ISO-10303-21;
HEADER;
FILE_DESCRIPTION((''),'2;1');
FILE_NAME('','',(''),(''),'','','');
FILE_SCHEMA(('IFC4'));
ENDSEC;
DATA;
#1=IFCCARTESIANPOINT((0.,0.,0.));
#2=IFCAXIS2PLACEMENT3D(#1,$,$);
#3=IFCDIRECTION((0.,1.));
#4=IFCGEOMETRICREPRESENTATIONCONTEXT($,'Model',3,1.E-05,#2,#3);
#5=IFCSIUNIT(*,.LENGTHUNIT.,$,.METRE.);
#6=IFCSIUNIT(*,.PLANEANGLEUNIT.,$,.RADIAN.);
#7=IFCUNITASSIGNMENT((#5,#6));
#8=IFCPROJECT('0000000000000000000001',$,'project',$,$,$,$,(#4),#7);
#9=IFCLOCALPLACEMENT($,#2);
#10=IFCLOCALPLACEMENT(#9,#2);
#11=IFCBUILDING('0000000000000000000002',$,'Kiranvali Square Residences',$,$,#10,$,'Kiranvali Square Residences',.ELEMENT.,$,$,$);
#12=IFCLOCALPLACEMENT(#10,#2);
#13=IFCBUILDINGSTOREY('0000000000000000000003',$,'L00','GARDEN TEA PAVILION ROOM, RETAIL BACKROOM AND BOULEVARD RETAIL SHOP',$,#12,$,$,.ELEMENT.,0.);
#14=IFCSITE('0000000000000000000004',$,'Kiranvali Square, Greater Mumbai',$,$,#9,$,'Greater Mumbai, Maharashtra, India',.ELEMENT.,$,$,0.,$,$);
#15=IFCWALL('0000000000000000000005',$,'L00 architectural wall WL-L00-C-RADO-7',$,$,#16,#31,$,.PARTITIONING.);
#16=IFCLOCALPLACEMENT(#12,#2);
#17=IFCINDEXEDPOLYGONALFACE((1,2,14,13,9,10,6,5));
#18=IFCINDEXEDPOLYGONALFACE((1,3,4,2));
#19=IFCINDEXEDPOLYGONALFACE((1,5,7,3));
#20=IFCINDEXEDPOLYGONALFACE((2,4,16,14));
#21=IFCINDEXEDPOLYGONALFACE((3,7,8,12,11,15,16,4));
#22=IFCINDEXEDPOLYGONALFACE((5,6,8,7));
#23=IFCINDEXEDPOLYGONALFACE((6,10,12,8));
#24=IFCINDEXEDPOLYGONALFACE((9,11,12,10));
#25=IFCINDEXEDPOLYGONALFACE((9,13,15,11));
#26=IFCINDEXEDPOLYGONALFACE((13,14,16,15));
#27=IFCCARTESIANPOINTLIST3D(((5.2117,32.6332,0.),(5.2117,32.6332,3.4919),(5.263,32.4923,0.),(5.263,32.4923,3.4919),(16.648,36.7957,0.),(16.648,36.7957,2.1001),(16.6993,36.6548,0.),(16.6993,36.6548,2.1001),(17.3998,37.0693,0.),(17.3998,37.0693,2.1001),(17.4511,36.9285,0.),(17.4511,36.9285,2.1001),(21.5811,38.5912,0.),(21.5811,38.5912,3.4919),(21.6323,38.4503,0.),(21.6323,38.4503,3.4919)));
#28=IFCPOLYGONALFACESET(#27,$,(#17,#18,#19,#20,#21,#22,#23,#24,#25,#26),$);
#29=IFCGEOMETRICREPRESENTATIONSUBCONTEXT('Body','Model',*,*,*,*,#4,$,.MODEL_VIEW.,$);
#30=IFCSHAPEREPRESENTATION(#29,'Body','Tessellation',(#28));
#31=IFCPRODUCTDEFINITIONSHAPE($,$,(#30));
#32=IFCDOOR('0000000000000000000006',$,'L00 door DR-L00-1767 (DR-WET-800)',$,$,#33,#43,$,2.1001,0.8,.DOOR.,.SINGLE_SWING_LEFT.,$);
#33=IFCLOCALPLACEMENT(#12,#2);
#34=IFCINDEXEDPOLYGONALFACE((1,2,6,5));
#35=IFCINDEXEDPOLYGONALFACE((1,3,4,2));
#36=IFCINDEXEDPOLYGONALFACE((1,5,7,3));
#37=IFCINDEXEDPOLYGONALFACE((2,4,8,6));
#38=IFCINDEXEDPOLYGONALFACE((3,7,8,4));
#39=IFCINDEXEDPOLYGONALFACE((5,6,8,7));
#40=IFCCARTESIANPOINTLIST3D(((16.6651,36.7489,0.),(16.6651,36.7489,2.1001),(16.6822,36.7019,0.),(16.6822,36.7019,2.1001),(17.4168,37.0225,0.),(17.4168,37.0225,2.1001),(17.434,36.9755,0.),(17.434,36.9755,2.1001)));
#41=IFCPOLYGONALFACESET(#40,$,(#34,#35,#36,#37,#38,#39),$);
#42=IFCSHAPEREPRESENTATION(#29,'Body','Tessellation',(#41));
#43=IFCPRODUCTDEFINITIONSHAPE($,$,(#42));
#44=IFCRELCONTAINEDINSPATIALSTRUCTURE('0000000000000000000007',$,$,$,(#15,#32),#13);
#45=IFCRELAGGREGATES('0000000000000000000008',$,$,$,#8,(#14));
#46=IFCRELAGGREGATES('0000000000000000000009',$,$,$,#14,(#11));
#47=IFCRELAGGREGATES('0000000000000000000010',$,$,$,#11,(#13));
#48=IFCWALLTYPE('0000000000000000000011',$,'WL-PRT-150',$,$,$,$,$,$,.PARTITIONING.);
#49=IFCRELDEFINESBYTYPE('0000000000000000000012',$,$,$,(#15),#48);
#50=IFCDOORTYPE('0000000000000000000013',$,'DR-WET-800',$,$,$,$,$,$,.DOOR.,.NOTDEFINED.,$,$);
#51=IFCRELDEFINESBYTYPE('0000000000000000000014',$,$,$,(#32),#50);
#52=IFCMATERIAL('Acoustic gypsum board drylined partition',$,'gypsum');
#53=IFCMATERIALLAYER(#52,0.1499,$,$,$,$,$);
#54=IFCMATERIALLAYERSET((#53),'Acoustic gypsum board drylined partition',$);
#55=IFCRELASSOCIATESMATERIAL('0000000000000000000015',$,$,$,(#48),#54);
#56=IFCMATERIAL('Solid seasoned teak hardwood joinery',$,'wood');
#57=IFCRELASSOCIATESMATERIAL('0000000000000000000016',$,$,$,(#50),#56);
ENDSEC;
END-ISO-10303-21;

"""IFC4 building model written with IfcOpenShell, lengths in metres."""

from ifc_helpers import new_model, si_unit, direction, frame, frame_2d, origin, place, context, subcontext, project, spatial, rectangle, extrude, material, layer, layer_set, type_object, element, fill, save


model = new_model("IFC4")

# Units and contexts
model_context = context("Model", 3, precision=1e-05, world=origin(), true_north=direction((0.0, 1.0)))
body_context = subcontext(model_context, "Body", "Model", "MODEL_VIEW")
ifc_project = project(units=[si_unit("LENGTHUNIT", "METRE"), si_unit("PLANEANGLEUNIT", "RADIAN")], contexts=[model_context])

# Site, building, storey
site_placement = place(None, origin())
site = spatial("IfcSite", under=ifc_project, at=site_placement, Name="Kiranvali Square, Greater Mumbai", LongName="Greater Mumbai, Maharashtra, India", CompositionType="ELEMENT", RefElevation=0.0)
building_placement = place(site_placement, origin())
building = spatial("IfcBuilding", under=site, at=building_placement, Name="Kiranvali Square Residences", LongName="Kiranvali Square Residences", CompositionType="ELEMENT")
storey_placement = place(building_placement, origin())
storey = spatial("IfcBuildingStorey", under=building, at=storey_placement, Name="L00", Description="GARDEN TEA PAVILION ROOM, RETAIL BACKROOM AND BOULEVARD RETAIL SHOP", CompositionType="ELEMENT", Elevation=0.0)

# Wall, opening, door
ifc_material_1 = material(Name="Acoustic gypsum board drylined partition", Category="gypsum")
ifc_layer_1 = layer(ifc_material_1, 0.1499)
ifc_layer_set_1 = layer_set([ifc_layer_1], Name="Acoustic gypsum board drylined partition")
wall_type_1 = type_object("IfcWallType", Name="WL-PRT-150", PredefinedType="PARTITIONING", material=ifc_layer_set_1)
wall_1_placement = place(storey_placement, frame((21.6067, 38.5208, 0.0), z_axis=(0.0, 0.0, 1.0), x_axis=(-0.939692, -0.342022, 0.0)))
wall_1 = element("IfcWall", 1, at=wall_1_placement, inside=storey, type_object=wall_type_1, Name="L00 architectural wall WL-L00-C-RADO-7", PredefinedType="PARTITIONING", context=body_context, shape_type="SweptSolid", body=[
    extrude(rectangle(XDim=17.4199, YDim=0.1499, at=frame_2d((8.71, 0.0))), origin(), (0.0, 0.0, 1.0), 3.4919),
])
opening_1_placement = place(wall_1_placement, frame((4.4497, 0.0, 0.0)))
opening_1 = element("IfcOpeningElement", 2, at=opening_1_placement, cuts=wall_1, PredefinedType="OPENING", context=body_context, shape_type="SweptSolid", body=[
    extrude(rectangle(XDim=0.8, YDim=2.1001, at=frame_2d((0.3999, 1.05))), frame((0.0, 0.085, 0.0), z_axis=(0.0, -1.0, 0.0), x_axis=(1.0, 0.0, 0.0)), (0.0, 0.0, 1.0), 0.1699),
])
ifc_material_2 = material(Name="Solid seasoned teak hardwood joinery", Category="wood")
door_type_1 = type_object("IfcDoorType", Name="DR-WET-800", OperationType="NOTDEFINED", PredefinedType="DOOR", material=ifc_material_2)
door_1_placement = place(opening_1_placement, origin())
door_1 = element("IfcDoor", 3, at=door_1_placement, inside=storey, type_object=door_type_1, Name="L00 door DR-L00-1767 (DR-WET-800)", OperationType="SINGLE_SWING_LEFT", OverallHeight=2.1001, OverallWidth=0.8, PredefinedType="DOOR", context=body_context, shape_type="SweptSolid", body=[
    extrude(rectangle(XDim=0.8, YDim=2.1001, at=frame_2d((0.3999, 1.05))), frame((0.0, 0.0249, 0.0), z_axis=(0.0, -1.0, 0.0), x_axis=(1.0, 0.0, 0.0)), (0.0, 0.0, 1.0), 0.05),
])
fill(opening_1, door_1)

save(model, "model.ifc")
